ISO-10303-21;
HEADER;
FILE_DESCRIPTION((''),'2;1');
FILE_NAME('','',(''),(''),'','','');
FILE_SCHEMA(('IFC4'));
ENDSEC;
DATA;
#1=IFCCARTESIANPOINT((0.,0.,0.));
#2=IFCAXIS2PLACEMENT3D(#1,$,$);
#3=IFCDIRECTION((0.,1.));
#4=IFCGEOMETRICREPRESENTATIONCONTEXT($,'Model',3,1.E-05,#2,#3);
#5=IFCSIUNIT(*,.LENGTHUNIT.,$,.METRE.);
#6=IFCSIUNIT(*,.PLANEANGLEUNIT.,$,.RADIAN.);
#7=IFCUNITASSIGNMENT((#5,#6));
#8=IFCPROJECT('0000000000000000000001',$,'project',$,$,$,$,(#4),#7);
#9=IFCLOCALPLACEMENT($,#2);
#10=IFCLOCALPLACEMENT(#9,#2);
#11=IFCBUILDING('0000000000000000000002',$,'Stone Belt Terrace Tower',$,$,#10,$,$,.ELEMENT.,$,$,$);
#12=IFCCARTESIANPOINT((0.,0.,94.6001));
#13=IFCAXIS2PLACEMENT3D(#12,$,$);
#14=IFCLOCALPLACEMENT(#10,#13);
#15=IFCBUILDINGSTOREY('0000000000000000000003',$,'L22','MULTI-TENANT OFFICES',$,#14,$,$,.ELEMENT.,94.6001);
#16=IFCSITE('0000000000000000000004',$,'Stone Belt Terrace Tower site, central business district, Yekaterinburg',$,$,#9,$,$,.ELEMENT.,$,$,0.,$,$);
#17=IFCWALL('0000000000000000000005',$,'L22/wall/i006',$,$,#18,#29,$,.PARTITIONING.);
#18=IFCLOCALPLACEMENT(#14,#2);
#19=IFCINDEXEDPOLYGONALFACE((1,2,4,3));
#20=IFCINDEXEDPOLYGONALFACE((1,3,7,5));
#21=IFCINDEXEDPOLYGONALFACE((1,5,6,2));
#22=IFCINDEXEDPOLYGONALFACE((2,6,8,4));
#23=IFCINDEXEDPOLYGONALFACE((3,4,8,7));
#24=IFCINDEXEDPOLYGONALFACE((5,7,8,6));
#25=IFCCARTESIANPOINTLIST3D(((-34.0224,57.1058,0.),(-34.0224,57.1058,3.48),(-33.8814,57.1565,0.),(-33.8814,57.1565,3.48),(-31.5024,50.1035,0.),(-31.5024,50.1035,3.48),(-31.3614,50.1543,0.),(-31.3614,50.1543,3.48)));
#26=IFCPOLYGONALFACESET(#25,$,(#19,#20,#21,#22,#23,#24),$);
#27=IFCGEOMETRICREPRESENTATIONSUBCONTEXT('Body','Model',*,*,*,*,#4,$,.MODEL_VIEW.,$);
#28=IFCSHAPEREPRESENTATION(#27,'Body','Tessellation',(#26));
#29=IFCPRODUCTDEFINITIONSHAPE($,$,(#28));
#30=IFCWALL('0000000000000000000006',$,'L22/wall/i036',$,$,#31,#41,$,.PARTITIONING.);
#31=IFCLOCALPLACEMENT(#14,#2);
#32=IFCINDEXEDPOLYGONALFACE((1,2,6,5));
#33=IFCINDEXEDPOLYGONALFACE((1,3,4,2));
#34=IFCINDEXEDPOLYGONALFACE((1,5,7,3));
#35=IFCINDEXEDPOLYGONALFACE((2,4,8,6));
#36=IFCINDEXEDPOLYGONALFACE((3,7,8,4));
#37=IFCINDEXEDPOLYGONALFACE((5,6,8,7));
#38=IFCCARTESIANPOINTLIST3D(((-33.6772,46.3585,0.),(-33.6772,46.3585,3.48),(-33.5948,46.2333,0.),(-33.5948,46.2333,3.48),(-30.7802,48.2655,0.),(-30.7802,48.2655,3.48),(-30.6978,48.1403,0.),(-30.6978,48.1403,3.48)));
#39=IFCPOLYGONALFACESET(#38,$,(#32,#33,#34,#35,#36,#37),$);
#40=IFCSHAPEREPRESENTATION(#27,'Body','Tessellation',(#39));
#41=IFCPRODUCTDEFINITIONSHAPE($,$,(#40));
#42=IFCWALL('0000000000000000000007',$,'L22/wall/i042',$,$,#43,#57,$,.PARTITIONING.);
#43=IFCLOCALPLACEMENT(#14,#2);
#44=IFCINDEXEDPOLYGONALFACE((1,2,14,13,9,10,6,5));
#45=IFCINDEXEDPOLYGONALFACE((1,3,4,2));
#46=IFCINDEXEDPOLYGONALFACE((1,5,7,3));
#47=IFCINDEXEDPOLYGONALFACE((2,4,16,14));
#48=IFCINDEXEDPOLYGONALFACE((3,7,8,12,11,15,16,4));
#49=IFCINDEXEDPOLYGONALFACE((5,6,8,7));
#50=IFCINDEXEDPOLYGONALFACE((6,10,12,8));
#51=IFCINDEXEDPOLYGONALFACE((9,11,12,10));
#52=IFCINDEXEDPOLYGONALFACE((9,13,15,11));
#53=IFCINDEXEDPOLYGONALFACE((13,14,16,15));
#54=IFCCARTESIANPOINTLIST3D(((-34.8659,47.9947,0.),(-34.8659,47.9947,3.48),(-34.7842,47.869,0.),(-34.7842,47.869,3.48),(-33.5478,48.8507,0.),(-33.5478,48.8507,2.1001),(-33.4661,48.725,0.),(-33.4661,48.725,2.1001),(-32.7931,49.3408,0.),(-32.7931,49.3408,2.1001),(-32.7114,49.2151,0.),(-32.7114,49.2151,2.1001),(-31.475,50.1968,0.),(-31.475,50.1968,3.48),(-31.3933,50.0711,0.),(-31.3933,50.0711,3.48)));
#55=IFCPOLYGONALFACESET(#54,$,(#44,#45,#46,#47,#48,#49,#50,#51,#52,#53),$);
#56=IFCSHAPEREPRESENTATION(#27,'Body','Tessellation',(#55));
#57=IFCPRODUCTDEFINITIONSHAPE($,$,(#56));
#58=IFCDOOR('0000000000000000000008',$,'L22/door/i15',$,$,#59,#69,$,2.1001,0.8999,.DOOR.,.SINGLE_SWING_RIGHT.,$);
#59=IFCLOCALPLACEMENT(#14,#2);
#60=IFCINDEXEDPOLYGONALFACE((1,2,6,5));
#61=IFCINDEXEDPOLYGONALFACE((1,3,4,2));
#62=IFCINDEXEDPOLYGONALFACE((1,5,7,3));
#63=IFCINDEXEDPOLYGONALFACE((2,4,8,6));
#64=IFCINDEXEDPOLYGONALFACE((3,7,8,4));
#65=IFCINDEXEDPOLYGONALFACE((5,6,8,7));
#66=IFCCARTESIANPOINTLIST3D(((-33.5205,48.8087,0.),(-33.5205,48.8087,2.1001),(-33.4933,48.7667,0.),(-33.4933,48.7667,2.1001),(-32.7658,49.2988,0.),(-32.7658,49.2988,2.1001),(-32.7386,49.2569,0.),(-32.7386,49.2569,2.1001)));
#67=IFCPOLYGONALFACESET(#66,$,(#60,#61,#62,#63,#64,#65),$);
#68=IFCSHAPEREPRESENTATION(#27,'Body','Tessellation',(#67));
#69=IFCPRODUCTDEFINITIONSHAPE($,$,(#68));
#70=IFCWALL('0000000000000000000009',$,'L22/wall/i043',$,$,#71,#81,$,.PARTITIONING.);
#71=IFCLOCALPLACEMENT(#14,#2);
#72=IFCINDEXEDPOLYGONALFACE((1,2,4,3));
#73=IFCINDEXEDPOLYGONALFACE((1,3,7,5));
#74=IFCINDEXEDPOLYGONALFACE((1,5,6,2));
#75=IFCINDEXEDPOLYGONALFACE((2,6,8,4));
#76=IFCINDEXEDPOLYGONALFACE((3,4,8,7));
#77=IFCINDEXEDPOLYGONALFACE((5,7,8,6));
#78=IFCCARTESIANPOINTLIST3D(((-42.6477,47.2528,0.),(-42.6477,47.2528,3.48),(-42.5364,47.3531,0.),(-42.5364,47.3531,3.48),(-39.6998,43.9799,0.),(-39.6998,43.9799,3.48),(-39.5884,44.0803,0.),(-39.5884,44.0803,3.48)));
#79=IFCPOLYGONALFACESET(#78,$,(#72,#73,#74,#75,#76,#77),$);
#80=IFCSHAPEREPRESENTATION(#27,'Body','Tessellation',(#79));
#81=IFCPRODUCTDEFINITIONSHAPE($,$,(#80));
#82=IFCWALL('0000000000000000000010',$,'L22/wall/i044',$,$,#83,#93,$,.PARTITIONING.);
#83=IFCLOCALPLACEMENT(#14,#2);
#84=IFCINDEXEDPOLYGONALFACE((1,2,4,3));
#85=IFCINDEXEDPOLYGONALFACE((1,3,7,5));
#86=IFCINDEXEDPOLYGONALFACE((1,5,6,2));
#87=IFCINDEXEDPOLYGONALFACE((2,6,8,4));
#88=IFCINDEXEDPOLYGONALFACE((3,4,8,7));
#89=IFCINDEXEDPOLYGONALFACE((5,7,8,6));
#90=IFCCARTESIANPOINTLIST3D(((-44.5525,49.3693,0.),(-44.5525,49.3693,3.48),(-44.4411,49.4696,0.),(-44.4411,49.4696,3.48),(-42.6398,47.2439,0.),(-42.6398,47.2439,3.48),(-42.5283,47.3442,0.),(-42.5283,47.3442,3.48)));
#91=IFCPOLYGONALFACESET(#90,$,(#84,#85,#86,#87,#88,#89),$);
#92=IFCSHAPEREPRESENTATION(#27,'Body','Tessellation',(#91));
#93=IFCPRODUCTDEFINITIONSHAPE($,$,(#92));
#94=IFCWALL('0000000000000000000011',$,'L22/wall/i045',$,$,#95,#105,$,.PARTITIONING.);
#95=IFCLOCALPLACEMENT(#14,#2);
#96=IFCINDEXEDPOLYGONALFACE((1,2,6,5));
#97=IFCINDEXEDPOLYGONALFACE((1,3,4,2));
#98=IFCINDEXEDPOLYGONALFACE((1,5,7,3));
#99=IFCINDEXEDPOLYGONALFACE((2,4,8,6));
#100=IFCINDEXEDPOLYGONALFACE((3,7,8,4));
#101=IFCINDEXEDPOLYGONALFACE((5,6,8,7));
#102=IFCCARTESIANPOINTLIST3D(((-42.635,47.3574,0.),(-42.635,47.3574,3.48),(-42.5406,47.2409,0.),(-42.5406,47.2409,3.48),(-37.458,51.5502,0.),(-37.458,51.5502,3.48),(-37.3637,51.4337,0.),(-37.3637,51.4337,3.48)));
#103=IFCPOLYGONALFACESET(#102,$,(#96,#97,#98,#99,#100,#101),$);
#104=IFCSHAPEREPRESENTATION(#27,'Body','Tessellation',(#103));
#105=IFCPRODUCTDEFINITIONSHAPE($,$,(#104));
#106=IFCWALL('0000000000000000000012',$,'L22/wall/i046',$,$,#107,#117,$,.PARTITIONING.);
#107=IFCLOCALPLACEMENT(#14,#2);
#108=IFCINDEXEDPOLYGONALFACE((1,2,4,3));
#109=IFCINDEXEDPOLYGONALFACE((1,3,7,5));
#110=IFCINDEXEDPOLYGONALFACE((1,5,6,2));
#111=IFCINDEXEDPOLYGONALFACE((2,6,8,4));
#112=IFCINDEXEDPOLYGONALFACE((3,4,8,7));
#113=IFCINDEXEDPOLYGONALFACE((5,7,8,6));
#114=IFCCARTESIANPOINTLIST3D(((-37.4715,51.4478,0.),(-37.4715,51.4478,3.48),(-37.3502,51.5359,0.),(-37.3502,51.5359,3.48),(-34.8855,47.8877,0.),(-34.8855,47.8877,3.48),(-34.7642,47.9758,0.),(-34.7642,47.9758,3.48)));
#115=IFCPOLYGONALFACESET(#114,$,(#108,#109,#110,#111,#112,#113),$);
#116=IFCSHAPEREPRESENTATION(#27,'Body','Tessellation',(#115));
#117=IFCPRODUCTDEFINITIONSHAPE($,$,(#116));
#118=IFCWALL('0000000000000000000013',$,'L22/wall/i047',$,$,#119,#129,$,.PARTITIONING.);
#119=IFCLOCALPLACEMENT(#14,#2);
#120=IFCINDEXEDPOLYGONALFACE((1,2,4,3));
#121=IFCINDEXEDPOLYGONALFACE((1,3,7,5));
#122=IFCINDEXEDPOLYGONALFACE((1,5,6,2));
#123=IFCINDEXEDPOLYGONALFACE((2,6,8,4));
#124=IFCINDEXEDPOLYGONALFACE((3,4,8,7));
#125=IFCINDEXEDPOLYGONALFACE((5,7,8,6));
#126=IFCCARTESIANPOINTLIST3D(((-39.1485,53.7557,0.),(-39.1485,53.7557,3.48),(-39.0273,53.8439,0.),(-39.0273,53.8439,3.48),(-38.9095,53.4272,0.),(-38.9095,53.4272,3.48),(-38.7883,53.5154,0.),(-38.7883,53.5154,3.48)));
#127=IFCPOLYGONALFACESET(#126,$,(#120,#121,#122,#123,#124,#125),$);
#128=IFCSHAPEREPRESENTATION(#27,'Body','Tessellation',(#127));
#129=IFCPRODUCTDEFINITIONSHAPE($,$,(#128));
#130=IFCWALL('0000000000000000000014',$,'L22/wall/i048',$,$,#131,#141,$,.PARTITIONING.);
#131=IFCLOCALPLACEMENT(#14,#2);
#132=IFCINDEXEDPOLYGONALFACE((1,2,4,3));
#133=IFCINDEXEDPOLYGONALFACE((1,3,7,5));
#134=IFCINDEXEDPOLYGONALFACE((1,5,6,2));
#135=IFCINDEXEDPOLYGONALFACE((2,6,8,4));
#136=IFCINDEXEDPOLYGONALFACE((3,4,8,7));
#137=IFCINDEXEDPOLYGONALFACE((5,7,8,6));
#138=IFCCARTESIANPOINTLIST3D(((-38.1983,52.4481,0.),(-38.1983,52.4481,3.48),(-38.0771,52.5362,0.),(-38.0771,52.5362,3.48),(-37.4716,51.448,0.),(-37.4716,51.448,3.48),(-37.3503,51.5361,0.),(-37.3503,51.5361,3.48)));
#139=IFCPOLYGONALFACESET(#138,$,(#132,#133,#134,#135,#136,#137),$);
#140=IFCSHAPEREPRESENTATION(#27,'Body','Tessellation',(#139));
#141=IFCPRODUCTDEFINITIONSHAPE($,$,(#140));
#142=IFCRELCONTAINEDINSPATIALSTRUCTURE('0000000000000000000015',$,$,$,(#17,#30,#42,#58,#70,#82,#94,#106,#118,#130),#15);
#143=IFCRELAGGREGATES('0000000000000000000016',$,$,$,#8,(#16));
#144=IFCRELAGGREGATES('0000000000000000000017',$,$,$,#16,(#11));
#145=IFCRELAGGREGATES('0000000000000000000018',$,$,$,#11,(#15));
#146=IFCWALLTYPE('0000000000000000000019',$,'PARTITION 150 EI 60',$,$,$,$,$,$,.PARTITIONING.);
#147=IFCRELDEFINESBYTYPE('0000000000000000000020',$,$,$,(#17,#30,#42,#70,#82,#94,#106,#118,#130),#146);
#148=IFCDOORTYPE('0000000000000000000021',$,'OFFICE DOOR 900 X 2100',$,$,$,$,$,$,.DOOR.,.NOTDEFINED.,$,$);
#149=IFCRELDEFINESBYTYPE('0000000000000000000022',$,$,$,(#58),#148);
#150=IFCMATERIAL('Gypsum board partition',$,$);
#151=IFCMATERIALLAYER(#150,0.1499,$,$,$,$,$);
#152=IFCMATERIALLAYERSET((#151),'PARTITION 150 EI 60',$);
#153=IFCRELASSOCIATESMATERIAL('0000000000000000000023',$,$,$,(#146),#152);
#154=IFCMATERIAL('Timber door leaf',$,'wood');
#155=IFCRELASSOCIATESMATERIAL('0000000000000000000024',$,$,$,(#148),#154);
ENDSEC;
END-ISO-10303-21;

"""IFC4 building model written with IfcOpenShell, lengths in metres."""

from ifc_helpers import new_model, si_unit, direction, frame, frame_2d, origin, place, context, subcontext, project, spatial, rectangle, extrude, material, layer, layer_set, type_object, element, fill, save


model = new_model("IFC4")

# Units and contexts
model_context = context("Model", 3, precision=1e-05, world=origin(), true_north=direction((0.0, 1.0)))
body_context = subcontext(model_context, "Body", "Model", "MODEL_VIEW")
ifc_project = project(units=[si_unit("LENGTHUNIT", "METRE"), si_unit("PLANEANGLEUNIT", "RADIAN")], contexts=[model_context])

# Site, building, storey
site_placement = place(None, origin())
site = spatial("IfcSite", under=ifc_project, at=site_placement, Name="Stone Belt Terrace Tower site, central business district, Yekaterinburg", CompositionType="ELEMENT", RefElevation=0.0)
building_placement = place(site_placement, origin())
building = spatial("IfcBuilding", under=site, at=building_placement, Name="Stone Belt Terrace Tower", CompositionType="ELEMENT")
storey_placement = place(building_placement, frame((0.0, 0.0, 94.6001)))
storey = spatial("IfcBuildingStorey", under=building, at=storey_placement, Name="L22", Description="MULTI-TENANT OFFICES", CompositionType="ELEMENT", Elevation=94.6001)

# Shared definitions
ifc_material_1 = material(Name="Gypsum board partition")
ifc_layer_1 = layer(ifc_material_1, 0.1499)
ifc_layer_set_1 = layer_set([ifc_layer_1], Name="PARTITION 150 EI 60")
wall_type = type_object("IfcWallType", Name="PARTITION 150 EI 60", PredefinedType="PARTITIONING", material=ifc_layer_set_1)
ifc_material_2 = material(Name="Timber door leaf", Category="wood")
door_type = type_object("IfcDoorType", Name="OFFICE DOOR 900 X 2100", OperationType="NOTDEFINED", PredefinedType="DOOR", material=ifc_material_2)

# Walls
wall_1_placement = place(storey_placement, frame((-31.4319, 50.1289, 0.0), z_axis=(0.0, 0.0, 1.0), x_axis=(-0.338628, 0.94092, 0.0)))
element("IfcWall", 1, at=wall_1_placement, inside=storey, type_object=wall_type, Name="L22/wall/i006", PredefinedType="PARTITIONING", context=body_context, shape_type="SweptSolid", body=[
    extrude(rectangle(XDim=7.4419, YDim=0.1499, at=frame_2d((3.7209, 0.0))), origin(), (0.0, 0.0, 1.0), 3.48),
])
wall_2_placement = place(storey_placement, frame((-33.636, 46.2959, 0.0), z_axis=(0.0, 0.0, 1.0), x_axis=(0.835274, 0.549834, 0.0)))
element("IfcWall", 2, at=wall_2_placement, inside=storey, type_object=wall_type, Name="L22/wall/i036", PredefinedType="PARTITIONING", context=body_context, shape_type="SweptSolid", body=[
    extrude(rectangle(XDim=3.4683, YDim=0.1499, at=frame_2d((1.7341, 0.0))), origin(), (0.0, 0.0, 1.0), 3.48),
])

# Wall, opening, door
wall_3_placement = place(storey_placement, frame((-34.825, 47.9319, 0.0), z_axis=(0.0, 0.0, 1.0), x_axis=(0.83866, 0.544655, 0.0)))
wall_3 = element("IfcWall", 3, at=wall_3_placement, inside=storey, type_object=wall_type, Name="L22/wall/i042", PredefinedType="PARTITIONING", context=body_context, shape_type="SweptSolid", body=[
    extrude(rectangle(XDim=4.0432, YDim=0.1499, at=frame_2d((2.0215, 0.0))), origin(), (0.0, 0.0, 1.0), 3.48),
])
opening_1_placement = place(wall_3_placement, frame((1.5715, 0.0, 0.0)))
opening_1 = element("IfcOpeningElement", 4, at=opening_1_placement, cuts=wall_3, PredefinedType="OPENING", context=body_context, shape_type="SweptSolid", body=[
    extrude(rectangle(XDim=0.8999, YDim=2.1001, at=frame_2d((0.45, 1.05))), frame((0.0, 0.085, 0.0), z_axis=(0.0, -1.0, 0.0), x_axis=(1.0, 0.0, 0.0)), (0.0, 0.0, 1.0), 0.1699),
])
door_1_placement = place(opening_1_placement, origin())
door_1 = element("IfcDoor", 5, at=door_1_placement, inside=storey, type_object=door_type, Name="L22/door/i15", OperationType="SINGLE_SWING_RIGHT", OverallHeight=2.1001, OverallWidth=0.8999, PredefinedType="DOOR", context=body_context, shape_type="SweptSolid", body=[
    extrude(rectangle(XDim=0.8999, YDim=2.1001, at=frame_2d((0.45, 1.05))), frame((0.0, 0.0249, 0.0), z_axis=(0.0, -1.0, 0.0), x_axis=(1.0, 0.0, 0.0)), (0.0, 0.0, 1.0), 0.05),
])
fill(opening_1, door_1)

# Walls
wall_4_placement = place(storey_placement, frame((-42.592, 47.303, 0.0), z_axis=(0.0, 0.0, 1.0), x_axis=(0.669259, -0.74303, 0.0)))
element("IfcWall", 6, at=wall_4_placement, inside=storey, type_object=wall_type, Name="L22/wall/i043", PredefinedType="PARTITIONING", context=body_context, shape_type="SweptSolid", body=[
    extrude(rectangle(XDim=4.4048, YDim=0.1499, at=frame_2d((2.2024, 0.0))), origin(), (0.0, 0.0, 1.0), 3.48),
])
wall_5_placement = place(storey_placement, frame((-44.4968, 49.4194, 0.0), z_axis=(0.0, 0.0, 1.0), x_axis=(0.668946, -0.743311, 0.0)))
element("IfcWall", 7, at=wall_5_placement, inside=storey, type_object=wall_type, Name="L22/wall/i044", PredefinedType="PARTITIONING", context=body_context, shape_type="SweptSolid", body=[
    extrude(rectangle(XDim=2.8594, YDim=0.1499, at=frame_2d((1.4297, 0.0))), origin(), (0.0, 0.0, 1.0), 3.48),
])
wall_6_placement = place(storey_placement, frame((-42.5879, 47.2991, 0.0), z_axis=(0.0, 0.0, 1.0), x_axis=(0.777101, 0.629376, 0.0)))
element("IfcWall", 8, at=wall_6_placement, inside=storey, type_object=wall_type, Name="L22/wall/i045", PredefinedType="PARTITIONING", context=body_context, shape_type="SweptSolid", body=[
    extrude(rectangle(XDim=6.6619, YDim=0.1499, at=frame_2d((3.3311, 0.0))), origin(), (0.0, 0.0, 1.0), 3.48),
])
wall_7_placement = place(storey_placement, frame((-37.4109, 51.4919, 0.0), z_axis=(0.0, 0.0, 1.0), x_axis=(0.587697, -0.809081, 0.0)))
element("IfcWall", 9, at=wall_7_placement, inside=storey, type_object=wall_type, Name="L22/wall/i046", PredefinedType="PARTITIONING", context=body_context, shape_type="SweptSolid", body=[
    extrude(rectangle(XDim=4.4001, YDim=0.1499, at=frame_2d((2.2002, 0.0))), origin(), (0.0, 0.0, 1.0), 3.48),
])
wall_8_placement = place(storey_placement, frame((-39.0879, 53.7998, 0.0), z_axis=(0.0, 0.0, 1.0), x_axis=(0.588207, -0.80871, 0.0)))
element("IfcWall", 10, at=wall_8_placement, inside=storey, type_object=wall_type, Name="L22/wall/i047", PredefinedType="PARTITIONING", context=body_context, shape_type="SweptSolid", body=[
    extrude(rectangle(XDim=0.4062, YDim=0.1499, at=frame_2d((0.2031, 0.0))), origin(), (0.0, 0.0, 1.0), 3.48),
])
wall_9_placement = place(storey_placement, frame((-38.1377, 52.4922, 0.0), z_axis=(0.0, 0.0, 1.0), x_axis=(0.587831, -0.808984, 0.0)))
element("IfcWall", 11, at=wall_9_placement, inside=storey, type_object=wall_type, Name="L22/wall/i048", PredefinedType="PARTITIONING", context=body_context, shape_type="SweptSolid", body=[
    extrude(rectangle(XDim=1.2363, YDim=0.1499, at=frame_2d((0.6182, 0.0))), origin(), (0.0, 0.0, 1.0), 3.48),
])

save(model, "model.ifc")
